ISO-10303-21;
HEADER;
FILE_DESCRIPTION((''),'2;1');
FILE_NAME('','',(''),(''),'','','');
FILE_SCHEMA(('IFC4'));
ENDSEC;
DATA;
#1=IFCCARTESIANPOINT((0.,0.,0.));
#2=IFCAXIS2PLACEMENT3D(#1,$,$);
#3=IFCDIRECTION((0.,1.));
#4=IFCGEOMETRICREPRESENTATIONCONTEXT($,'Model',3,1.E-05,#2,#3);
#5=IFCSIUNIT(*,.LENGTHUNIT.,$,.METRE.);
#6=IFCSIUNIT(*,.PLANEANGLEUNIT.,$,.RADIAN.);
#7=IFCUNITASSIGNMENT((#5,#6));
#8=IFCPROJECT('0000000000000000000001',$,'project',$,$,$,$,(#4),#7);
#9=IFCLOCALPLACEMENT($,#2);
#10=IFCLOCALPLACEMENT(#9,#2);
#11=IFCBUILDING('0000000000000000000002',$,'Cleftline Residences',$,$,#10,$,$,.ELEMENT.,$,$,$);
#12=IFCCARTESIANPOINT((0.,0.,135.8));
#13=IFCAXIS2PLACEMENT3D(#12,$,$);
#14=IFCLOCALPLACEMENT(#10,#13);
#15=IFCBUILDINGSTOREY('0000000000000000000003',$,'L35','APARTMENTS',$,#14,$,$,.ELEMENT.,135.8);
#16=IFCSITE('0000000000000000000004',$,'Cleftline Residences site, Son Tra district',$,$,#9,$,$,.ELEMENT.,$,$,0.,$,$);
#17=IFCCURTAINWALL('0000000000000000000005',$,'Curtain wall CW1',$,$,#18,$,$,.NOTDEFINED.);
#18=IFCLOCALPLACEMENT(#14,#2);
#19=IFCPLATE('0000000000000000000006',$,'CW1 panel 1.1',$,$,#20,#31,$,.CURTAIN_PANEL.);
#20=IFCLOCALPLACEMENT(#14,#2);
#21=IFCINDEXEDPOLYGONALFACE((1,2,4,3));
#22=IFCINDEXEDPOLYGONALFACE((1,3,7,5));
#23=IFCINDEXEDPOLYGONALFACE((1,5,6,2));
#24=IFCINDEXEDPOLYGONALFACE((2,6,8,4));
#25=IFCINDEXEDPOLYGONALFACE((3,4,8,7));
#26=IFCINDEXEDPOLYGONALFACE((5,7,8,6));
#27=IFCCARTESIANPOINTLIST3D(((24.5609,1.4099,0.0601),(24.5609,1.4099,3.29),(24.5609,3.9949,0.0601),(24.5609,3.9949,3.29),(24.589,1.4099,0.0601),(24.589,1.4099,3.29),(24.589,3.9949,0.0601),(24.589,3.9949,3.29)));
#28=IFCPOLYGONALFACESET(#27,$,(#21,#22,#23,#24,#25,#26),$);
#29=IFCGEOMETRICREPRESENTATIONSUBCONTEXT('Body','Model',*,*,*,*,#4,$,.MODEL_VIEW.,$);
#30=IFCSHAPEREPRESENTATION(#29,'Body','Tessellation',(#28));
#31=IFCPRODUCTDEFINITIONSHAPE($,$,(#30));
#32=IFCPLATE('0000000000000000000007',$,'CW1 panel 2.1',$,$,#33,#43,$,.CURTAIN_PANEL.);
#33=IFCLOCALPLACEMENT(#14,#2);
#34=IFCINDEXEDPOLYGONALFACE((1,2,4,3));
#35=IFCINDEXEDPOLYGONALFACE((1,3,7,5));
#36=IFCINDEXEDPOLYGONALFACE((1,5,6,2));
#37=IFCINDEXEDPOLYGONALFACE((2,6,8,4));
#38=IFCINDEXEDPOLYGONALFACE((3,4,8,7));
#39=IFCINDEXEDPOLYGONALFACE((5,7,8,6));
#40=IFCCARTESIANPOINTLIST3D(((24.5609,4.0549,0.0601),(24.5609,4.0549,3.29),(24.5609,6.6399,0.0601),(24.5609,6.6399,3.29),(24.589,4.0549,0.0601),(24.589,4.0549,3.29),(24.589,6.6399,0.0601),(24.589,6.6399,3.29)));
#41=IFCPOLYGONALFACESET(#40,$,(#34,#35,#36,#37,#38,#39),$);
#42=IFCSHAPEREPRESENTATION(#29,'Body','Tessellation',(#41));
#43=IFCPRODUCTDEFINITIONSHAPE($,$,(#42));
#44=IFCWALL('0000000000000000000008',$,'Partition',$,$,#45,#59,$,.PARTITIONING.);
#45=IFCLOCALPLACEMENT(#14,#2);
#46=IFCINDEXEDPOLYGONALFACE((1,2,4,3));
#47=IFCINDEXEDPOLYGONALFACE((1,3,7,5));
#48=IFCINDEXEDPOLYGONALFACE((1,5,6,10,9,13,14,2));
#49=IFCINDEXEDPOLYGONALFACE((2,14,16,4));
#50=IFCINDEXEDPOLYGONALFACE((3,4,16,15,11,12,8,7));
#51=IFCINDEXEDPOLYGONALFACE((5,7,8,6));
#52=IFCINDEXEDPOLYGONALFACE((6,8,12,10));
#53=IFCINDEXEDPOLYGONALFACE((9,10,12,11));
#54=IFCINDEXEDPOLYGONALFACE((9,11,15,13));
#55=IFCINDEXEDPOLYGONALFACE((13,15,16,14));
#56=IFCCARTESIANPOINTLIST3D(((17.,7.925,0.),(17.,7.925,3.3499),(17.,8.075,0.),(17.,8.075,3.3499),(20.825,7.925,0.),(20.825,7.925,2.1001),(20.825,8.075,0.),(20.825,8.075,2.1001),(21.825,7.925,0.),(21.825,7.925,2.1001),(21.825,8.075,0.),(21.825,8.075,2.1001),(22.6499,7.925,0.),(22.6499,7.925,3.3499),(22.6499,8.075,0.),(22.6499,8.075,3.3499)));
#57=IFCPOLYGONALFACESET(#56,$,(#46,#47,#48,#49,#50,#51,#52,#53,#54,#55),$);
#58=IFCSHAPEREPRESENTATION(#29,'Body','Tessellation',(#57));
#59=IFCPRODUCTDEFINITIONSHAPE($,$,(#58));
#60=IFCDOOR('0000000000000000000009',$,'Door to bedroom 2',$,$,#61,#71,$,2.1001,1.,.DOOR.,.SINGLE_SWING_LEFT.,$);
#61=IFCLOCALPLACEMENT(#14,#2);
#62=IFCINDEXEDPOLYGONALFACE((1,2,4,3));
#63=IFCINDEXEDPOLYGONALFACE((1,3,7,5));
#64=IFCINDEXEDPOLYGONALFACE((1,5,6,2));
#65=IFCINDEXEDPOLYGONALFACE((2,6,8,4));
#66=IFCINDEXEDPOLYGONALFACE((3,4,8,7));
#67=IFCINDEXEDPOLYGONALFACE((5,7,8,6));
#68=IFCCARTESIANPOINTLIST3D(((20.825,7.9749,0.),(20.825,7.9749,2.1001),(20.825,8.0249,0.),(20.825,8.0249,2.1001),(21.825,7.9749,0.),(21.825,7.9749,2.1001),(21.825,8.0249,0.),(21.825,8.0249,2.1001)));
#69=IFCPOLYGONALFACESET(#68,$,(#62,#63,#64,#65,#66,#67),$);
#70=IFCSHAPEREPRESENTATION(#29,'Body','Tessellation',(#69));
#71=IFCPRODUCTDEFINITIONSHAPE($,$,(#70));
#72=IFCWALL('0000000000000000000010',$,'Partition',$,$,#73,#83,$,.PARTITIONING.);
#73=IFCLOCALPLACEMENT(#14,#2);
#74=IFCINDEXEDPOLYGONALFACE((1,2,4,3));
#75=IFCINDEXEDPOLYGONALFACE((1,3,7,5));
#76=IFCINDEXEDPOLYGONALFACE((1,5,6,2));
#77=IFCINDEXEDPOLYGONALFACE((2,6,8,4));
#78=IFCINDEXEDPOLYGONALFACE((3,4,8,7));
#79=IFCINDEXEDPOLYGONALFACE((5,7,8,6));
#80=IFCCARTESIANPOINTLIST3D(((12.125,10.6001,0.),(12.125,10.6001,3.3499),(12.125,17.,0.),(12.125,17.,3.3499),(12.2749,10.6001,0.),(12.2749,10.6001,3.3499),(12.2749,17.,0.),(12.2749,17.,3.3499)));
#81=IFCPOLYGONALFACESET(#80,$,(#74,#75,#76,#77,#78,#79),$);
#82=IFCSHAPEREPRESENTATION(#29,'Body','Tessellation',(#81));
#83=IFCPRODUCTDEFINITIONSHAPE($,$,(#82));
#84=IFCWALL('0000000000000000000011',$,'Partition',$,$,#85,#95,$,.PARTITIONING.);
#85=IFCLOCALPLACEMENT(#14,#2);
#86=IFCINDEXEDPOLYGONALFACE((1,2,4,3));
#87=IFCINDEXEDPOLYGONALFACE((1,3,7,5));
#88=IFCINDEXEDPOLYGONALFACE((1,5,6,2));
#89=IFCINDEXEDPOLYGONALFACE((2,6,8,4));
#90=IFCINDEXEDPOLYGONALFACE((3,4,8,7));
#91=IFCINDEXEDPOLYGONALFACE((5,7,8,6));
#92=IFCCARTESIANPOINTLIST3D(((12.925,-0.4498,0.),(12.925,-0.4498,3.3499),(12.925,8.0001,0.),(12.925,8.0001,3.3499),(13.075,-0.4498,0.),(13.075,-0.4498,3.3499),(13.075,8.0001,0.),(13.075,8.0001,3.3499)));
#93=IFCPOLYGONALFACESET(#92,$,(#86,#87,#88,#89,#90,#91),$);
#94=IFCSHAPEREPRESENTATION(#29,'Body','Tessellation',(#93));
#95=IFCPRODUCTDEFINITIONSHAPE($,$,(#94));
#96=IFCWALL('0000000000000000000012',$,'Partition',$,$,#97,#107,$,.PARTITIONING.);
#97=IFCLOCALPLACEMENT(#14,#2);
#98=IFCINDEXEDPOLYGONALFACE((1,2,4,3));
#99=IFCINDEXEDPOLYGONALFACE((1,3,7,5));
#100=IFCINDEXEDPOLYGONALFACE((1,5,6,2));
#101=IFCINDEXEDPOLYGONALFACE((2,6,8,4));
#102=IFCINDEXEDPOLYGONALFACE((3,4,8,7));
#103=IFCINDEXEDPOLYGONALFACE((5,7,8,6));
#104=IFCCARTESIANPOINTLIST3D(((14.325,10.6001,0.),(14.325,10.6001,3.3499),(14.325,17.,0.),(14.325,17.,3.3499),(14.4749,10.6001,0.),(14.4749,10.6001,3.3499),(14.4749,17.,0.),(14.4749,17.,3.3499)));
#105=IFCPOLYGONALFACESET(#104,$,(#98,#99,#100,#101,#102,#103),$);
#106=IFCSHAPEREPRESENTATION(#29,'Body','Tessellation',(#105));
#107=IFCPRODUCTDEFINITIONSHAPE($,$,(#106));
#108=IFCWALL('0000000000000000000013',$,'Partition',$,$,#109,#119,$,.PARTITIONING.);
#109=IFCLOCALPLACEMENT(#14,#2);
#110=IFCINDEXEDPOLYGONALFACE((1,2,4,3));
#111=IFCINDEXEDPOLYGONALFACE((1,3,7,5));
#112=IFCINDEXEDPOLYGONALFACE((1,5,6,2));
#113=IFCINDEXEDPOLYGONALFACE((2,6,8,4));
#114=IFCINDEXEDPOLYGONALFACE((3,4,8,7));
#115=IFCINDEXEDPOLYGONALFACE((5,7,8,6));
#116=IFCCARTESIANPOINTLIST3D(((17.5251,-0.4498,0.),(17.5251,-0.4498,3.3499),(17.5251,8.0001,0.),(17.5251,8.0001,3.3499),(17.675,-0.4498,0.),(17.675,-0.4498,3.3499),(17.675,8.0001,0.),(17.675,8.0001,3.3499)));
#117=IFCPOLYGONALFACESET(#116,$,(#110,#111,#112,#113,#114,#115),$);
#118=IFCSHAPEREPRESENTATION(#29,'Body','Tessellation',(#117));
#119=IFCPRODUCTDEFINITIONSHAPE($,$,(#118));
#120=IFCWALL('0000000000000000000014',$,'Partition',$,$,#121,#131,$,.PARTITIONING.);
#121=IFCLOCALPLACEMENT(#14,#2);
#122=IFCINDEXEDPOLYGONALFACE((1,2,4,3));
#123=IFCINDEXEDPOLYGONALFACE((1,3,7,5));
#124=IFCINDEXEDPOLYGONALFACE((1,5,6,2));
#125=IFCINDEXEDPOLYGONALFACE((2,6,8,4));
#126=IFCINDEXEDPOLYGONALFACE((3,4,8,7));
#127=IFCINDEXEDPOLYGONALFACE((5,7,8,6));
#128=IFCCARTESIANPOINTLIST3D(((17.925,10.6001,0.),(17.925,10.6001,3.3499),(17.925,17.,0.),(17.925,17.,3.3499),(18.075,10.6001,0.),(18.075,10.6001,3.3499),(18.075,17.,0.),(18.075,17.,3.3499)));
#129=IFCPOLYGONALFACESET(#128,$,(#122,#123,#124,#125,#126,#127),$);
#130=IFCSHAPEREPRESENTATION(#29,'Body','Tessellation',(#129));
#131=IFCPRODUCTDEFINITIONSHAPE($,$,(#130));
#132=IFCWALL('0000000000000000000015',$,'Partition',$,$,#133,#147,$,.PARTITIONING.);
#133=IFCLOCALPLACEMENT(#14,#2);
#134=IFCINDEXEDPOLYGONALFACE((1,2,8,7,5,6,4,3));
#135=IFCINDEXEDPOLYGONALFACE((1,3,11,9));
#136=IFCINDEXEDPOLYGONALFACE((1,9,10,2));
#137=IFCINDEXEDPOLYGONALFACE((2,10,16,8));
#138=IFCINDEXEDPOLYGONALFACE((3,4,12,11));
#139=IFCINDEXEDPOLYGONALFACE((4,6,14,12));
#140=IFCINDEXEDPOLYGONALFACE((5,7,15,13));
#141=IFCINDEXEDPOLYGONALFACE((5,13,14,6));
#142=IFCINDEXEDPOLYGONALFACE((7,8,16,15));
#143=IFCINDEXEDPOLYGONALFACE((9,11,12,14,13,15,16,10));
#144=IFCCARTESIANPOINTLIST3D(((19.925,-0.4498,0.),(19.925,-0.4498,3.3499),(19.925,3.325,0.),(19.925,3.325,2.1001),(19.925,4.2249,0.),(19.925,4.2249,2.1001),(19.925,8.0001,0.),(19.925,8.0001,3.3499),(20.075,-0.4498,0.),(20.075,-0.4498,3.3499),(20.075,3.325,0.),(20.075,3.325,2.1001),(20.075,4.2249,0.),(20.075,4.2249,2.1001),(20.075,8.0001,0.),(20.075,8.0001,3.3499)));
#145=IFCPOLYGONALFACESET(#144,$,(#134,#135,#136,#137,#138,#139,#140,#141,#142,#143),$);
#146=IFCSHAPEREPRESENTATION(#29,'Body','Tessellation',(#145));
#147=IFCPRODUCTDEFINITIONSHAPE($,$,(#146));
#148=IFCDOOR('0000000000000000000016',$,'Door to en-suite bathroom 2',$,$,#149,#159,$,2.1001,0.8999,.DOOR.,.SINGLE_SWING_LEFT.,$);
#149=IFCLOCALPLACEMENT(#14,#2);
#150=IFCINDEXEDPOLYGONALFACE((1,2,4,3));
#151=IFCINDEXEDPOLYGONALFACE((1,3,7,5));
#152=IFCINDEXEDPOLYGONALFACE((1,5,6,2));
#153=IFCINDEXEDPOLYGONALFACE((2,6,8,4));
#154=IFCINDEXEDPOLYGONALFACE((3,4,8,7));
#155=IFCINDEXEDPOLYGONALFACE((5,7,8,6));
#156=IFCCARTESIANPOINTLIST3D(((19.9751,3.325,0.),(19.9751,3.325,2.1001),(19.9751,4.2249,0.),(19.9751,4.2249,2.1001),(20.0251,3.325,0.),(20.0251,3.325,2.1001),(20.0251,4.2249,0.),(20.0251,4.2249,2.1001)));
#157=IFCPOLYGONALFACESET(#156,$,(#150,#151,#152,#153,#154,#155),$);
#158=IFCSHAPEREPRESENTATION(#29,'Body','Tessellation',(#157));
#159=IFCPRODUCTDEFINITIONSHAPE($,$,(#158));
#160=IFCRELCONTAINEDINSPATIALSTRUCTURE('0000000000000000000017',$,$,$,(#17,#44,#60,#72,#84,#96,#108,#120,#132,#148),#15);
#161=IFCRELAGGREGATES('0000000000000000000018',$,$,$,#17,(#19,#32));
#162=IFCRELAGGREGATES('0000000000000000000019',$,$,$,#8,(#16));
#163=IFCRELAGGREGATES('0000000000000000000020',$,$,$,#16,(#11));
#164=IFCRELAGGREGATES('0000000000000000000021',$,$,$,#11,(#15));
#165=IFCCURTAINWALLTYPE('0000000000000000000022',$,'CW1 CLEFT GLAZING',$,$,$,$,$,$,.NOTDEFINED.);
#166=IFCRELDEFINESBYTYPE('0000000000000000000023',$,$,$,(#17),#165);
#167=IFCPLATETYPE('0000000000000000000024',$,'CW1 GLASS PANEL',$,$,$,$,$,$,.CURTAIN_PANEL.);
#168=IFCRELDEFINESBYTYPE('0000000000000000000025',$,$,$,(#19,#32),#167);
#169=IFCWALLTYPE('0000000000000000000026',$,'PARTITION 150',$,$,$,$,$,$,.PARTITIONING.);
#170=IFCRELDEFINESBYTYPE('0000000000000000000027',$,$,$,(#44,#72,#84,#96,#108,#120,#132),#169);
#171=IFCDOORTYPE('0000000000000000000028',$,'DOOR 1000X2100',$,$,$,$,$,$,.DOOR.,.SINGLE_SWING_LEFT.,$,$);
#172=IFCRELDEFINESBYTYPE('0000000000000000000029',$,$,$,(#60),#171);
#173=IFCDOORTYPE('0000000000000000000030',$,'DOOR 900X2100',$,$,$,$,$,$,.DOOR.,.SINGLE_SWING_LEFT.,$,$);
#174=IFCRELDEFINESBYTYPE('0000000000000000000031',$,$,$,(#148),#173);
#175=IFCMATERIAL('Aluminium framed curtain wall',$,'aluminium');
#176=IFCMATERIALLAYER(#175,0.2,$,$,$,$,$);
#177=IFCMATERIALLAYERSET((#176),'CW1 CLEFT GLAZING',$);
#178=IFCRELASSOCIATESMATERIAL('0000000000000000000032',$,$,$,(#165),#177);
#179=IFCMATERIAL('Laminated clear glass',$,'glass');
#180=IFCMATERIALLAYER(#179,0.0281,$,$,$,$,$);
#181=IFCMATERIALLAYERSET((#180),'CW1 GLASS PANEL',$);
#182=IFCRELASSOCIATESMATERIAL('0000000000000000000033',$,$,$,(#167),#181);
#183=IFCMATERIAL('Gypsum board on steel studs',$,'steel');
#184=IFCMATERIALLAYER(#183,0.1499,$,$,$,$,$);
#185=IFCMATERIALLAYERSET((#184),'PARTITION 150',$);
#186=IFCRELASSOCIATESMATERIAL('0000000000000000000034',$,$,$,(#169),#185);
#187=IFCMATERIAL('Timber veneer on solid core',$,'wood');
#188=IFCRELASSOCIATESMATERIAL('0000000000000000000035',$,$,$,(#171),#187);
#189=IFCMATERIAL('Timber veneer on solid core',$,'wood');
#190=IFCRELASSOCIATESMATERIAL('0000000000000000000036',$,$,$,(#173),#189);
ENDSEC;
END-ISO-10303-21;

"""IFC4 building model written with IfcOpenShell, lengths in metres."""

from ifc_helpers import new_model, si_unit, direction, frame, frame_2d, origin, origin_2d, place, context, subcontext, project, spatial, rectangle, extrude, material, layer, layer_set, type_object, element, fill, aggregate, save


model = new_model("IFC4")

# Units and contexts
model_context = context("Model", 3, precision=1e-05, world=origin(), true_north=direction((0.0, 1.0)))
body_context = subcontext(model_context, "Body", "Model", "MODEL_VIEW")
ifc_project = project(units=[si_unit("LENGTHUNIT", "METRE"), si_unit("PLANEANGLEUNIT", "RADIAN")], contexts=[model_context])

# Site, building, storey
site_placement = place(None, origin())
site = spatial("IfcSite", under=ifc_project, at=site_placement, Name="Cleftline Residences site, Son Tra district", CompositionType="ELEMENT", RefElevation=0.0)
building_placement = place(site_placement, origin())
building = spatial("IfcBuilding", under=site, at=building_placement, Name="Cleftline Residences", CompositionType="ELEMENT")
storey_placement = place(building_placement, frame((0.0, 0.0, 135.8)))
storey = spatial("IfcBuildingStorey", under=building, at=storey_placement, Name="L35", Description="APARTMENTS", CompositionType="ELEMENT", Elevation=135.8)

# Curtain wall
ifc_material_1 = material(Name="Aluminium framed curtain wall", Category="aluminium")
ifc_layer_1 = layer(ifc_material_1, 0.2)
ifc_layer_set_1 = layer_set([ifc_layer_1], Name="CW1 CLEFT GLAZING")
curtain_wall_type = type_object("IfcCurtainWallType", Name="CW1 CLEFT GLAZING", PredefinedType="NOTDEFINED", material=ifc_layer_set_1)
curtain_wall_1_placement = place(storey_placement, origin())
curtain_wall_1 = element("IfcCurtainWall", 1, at=curtain_wall_1_placement, inside=storey, type_object=curtain_wall_type, Name="Curtain wall CW1", PredefinedType="NOTDEFINED")

# Plates
ifc_material_2 = material(Name="Laminated clear glass", Category="glass")
ifc_layer_2 = layer(ifc_material_2, 0.0281)
ifc_layer_set_2 = layer_set([ifc_layer_2], Name="CW1 GLASS PANEL")
plate_type = type_object("IfcPlateType", Name="CW1 GLASS PANEL", PredefinedType="CURTAIN_PANEL", material=ifc_layer_set_2)
plate_1_placement = place(storey_placement, frame((24.575, 2.7024, 0.0601), z_axis=(0.0, 0.0, 1.0), x_axis=(0.0, 1.0, 0.0)))
plate_1 = element("IfcPlate", 2, at=plate_1_placement, type_object=plate_type, Name="CW1 panel 1.1", PredefinedType="CURTAIN_PANEL", context=body_context, shape_type="SweptSolid", body=[
    extrude(rectangle(XDim=2.585, YDim=0.0281, at=origin_2d()), origin(), (0.0, 0.0, 1.0), 3.23),
])
plate_2_placement = place(storey_placement, frame((24.575, 5.3474, 0.0601), z_axis=(0.0, 0.0, 1.0), x_axis=(0.0, 1.0, 0.0)))
plate_2 = element("IfcPlate", 3, at=plate_2_placement, type_object=plate_type, Name="CW1 panel 2.1", PredefinedType="CURTAIN_PANEL", context=body_context, shape_type="SweptSolid", body=[
    extrude(rectangle(XDim=2.585, YDim=0.0281, at=origin_2d()), origin(), (0.0, 0.0, 1.0), 3.23),
])
aggregate(curtain_wall_1, [plate_1, plate_2])

# Wall, opening, door
ifc_material_3 = material(Name="Gypsum board on steel studs", Category="steel")
ifc_layer_3 = layer(ifc_material_3, 0.1499)
ifc_layer_set_3 = layer_set([ifc_layer_3], Name="PARTITION 150")
wall_type = type_object("IfcWallType", Name="PARTITION 150", PredefinedType="PARTITIONING", material=ifc_layer_set_3)
wall_1_placement = place(storey_placement, frame((17.0, 8.0, 0.0), z_axis=(0.0, 0.0, 1.0), x_axis=(1.0, 0.0, 0.0)))
wall_1 = element("IfcWall", 4, at=wall_1_placement, inside=storey, type_object=wall_type, Name="Partition", PredefinedType="PARTITIONING", context=body_context, shape_type="SweptSolid", body=[
    extrude(rectangle(XDim=5.6499, YDim=0.1499, at=frame_2d((2.825, 0.0))), origin(), (0.0, 0.0, 1.0), 3.3499),
])
opening_1_placement = place(wall_1_placement, frame((3.825, 0.0, 0.0)))
opening_1 = element("IfcOpeningElement", 5, at=opening_1_placement, cuts=wall_1, PredefinedType="OPENING", context=body_context, shape_type="SweptSolid", body=[
    extrude(rectangle(XDim=1.0, YDim=2.1001, at=frame_2d((0.5, 1.05))), frame((0.0, 0.085, 0.0), z_axis=(0.0, -1.0, 0.0), x_axis=(1.0, 0.0, 0.0)), (0.0, 0.0, 1.0), 0.1699),
])
ifc_material_4 = material(Name="Timber veneer on solid core", Category="wood")
door_type_1 = type_object("IfcDoorType", Name="DOOR 1000X2100", OperationType="SINGLE_SWING_LEFT", PredefinedType="DOOR", material=ifc_material_4)
door_1_placement = place(opening_1_placement, origin())
door_1 = element("IfcDoor", 6, at=door_1_placement, inside=storey, type_object=door_type_1, Name="Door to bedroom 2", OperationType="SINGLE_SWING_LEFT", OverallHeight=2.1001, OverallWidth=1.0, PredefinedType="DOOR", context=body_context, shape_type="SweptSolid", body=[
    extrude(rectangle(XDim=1.0, YDim=2.1001, at=frame_2d((0.5, 1.05))), frame((0.0, 0.0249, 0.0), z_axis=(0.0, -1.0, 0.0), x_axis=(1.0, 0.0, 0.0)), (0.0, 0.0, 1.0), 0.05),
])
fill(opening_1, door_1)

# Walls
wall_2_placement = place(storey_placement, frame((12.2, 10.6001, 0.0), z_axis=(0.0, 0.0, 1.0), x_axis=(0.0, 1.0, 0.0)))
element("IfcWall", 7, at=wall_2_placement, inside=storey, type_object=wall_type, Name="Partition", PredefinedType="PARTITIONING", context=body_context, shape_type="SweptSolid", body=[
    extrude(rectangle(XDim=6.3999, YDim=0.1499, at=frame_2d((3.2, 0.0))), origin(), (0.0, 0.0, 1.0), 3.3499),
])
wall_3_placement = place(storey_placement, frame((13.0, -0.45, 0.0), z_axis=(0.0, 0.0, 1.0), x_axis=(0.0, 1.0, 0.0)))
element("IfcWall", 8, at=wall_3_placement, inside=storey, type_object=wall_type, Name="Partition", PredefinedType="PARTITIONING", context=body_context, shape_type="SweptSolid", body=[
    extrude(rectangle(XDim=8.45, YDim=0.1499, at=frame_2d((4.2251, 0.0))), origin(), (0.0, 0.0, 1.0), 3.3499),
])
wall_4_placement = place(storey_placement, frame((14.3999, 10.6001, 0.0), z_axis=(0.0, 0.0, 1.0), x_axis=(0.0, 1.0, 0.0)))
element("IfcWall", 9, at=wall_4_placement, inside=storey, type_object=wall_type, Name="Partition", PredefinedType="PARTITIONING", context=body_context, shape_type="SweptSolid", body=[
    extrude(rectangle(XDim=6.3999, YDim=0.1499, at=frame_2d((3.2, 0.0))), origin(), (0.0, 0.0, 1.0), 3.3499),
])
wall_5_placement = place(storey_placement, frame((17.6001, -0.45, 0.0), z_axis=(0.0, 0.0, 1.0), x_axis=(0.0, 1.0, 0.0)))
element("IfcWall", 10, at=wall_5_placement, inside=storey, type_object=wall_type, Name="Partition", PredefinedType="PARTITIONING", context=body_context, shape_type="SweptSolid", body=[
    extrude(rectangle(XDim=8.45, YDim=0.1499, at=frame_2d((4.2251, 0.0))), origin(), (0.0, 0.0, 1.0), 3.3499),
])
wall_6_placement = place(storey_placement, frame((18.0, 10.6001, 0.0), z_axis=(0.0, 0.0, 1.0), x_axis=(0.0, 1.0, 0.0)))
element("IfcWall", 11, at=wall_6_placement, inside=storey, type_object=wall_type, Name="Partition", PredefinedType="PARTITIONING", context=body_context, shape_type="SweptSolid", body=[
    extrude(rectangle(XDim=6.3999, YDim=0.1499, at=frame_2d((3.2, 0.0))), origin(), (0.0, 0.0, 1.0), 3.3499),
])

# Wall, opening, door
wall_7_placement = place(storey_placement, frame((20.0, -0.45, 0.0), z_axis=(0.0, 0.0, 1.0), x_axis=(0.0, 1.0, 0.0)))
wall_7 = element("IfcWall", 12, at=wall_7_placement, inside=storey, type_object=wall_type, Name="Partition", PredefinedType="PARTITIONING", context=body_context, shape_type="SweptSolid", body=[
    extrude(rectangle(XDim=8.45, YDim=0.1499, at=frame_2d((4.2251, 0.0))), origin(), (0.0, 0.0, 1.0), 3.3499),
])
opening_2_placement = place(wall_7_placement, frame((3.7749, 0.0, 0.0)))
opening_2 = element("IfcOpeningElement", 13, at=opening_2_placement, cuts=wall_7, PredefinedType="OPENING", context=body_context, shape_type="SweptSolid", body=[
    extrude(rectangle(XDim=0.8999, YDim=2.1001, at=frame_2d((0.45, 1.05))), frame((0.0, 0.085, 0.0), z_axis=(0.0, -1.0, 0.0), x_axis=(1.0, 0.0, 0.0)), (0.0, 0.0, 1.0), 0.1699),
])
ifc_material_5 = material(Name="Timber veneer on solid core", Category="wood")
door_type_2 = type_object("IfcDoorType", Name="DOOR 900X2100", OperationType="SINGLE_SWING_LEFT", PredefinedType="DOOR", material=ifc_material_5)
door_2_placement = place(opening_2_placement, origin())
door_2 = element("IfcDoor", 14, at=door_2_placement, inside=storey, type_object=door_type_2, Name="Door to en-suite bathroom 2", OperationType="SINGLE_SWING_LEFT", OverallHeight=2.1001, OverallWidth=0.8999, PredefinedType="DOOR", context=body_context, shape_type="SweptSolid", body=[
    extrude(rectangle(XDim=0.8999, YDim=2.1001, at=frame_2d((0.45, 1.05))), frame((0.0, 0.0249, 0.0), z_axis=(0.0, -1.0, 0.0), x_axis=(1.0, 0.0, 0.0)), (0.0, 0.0, 1.0), 0.05),
])
fill(opening_2, door_2)

save(model, "model.ifc")
